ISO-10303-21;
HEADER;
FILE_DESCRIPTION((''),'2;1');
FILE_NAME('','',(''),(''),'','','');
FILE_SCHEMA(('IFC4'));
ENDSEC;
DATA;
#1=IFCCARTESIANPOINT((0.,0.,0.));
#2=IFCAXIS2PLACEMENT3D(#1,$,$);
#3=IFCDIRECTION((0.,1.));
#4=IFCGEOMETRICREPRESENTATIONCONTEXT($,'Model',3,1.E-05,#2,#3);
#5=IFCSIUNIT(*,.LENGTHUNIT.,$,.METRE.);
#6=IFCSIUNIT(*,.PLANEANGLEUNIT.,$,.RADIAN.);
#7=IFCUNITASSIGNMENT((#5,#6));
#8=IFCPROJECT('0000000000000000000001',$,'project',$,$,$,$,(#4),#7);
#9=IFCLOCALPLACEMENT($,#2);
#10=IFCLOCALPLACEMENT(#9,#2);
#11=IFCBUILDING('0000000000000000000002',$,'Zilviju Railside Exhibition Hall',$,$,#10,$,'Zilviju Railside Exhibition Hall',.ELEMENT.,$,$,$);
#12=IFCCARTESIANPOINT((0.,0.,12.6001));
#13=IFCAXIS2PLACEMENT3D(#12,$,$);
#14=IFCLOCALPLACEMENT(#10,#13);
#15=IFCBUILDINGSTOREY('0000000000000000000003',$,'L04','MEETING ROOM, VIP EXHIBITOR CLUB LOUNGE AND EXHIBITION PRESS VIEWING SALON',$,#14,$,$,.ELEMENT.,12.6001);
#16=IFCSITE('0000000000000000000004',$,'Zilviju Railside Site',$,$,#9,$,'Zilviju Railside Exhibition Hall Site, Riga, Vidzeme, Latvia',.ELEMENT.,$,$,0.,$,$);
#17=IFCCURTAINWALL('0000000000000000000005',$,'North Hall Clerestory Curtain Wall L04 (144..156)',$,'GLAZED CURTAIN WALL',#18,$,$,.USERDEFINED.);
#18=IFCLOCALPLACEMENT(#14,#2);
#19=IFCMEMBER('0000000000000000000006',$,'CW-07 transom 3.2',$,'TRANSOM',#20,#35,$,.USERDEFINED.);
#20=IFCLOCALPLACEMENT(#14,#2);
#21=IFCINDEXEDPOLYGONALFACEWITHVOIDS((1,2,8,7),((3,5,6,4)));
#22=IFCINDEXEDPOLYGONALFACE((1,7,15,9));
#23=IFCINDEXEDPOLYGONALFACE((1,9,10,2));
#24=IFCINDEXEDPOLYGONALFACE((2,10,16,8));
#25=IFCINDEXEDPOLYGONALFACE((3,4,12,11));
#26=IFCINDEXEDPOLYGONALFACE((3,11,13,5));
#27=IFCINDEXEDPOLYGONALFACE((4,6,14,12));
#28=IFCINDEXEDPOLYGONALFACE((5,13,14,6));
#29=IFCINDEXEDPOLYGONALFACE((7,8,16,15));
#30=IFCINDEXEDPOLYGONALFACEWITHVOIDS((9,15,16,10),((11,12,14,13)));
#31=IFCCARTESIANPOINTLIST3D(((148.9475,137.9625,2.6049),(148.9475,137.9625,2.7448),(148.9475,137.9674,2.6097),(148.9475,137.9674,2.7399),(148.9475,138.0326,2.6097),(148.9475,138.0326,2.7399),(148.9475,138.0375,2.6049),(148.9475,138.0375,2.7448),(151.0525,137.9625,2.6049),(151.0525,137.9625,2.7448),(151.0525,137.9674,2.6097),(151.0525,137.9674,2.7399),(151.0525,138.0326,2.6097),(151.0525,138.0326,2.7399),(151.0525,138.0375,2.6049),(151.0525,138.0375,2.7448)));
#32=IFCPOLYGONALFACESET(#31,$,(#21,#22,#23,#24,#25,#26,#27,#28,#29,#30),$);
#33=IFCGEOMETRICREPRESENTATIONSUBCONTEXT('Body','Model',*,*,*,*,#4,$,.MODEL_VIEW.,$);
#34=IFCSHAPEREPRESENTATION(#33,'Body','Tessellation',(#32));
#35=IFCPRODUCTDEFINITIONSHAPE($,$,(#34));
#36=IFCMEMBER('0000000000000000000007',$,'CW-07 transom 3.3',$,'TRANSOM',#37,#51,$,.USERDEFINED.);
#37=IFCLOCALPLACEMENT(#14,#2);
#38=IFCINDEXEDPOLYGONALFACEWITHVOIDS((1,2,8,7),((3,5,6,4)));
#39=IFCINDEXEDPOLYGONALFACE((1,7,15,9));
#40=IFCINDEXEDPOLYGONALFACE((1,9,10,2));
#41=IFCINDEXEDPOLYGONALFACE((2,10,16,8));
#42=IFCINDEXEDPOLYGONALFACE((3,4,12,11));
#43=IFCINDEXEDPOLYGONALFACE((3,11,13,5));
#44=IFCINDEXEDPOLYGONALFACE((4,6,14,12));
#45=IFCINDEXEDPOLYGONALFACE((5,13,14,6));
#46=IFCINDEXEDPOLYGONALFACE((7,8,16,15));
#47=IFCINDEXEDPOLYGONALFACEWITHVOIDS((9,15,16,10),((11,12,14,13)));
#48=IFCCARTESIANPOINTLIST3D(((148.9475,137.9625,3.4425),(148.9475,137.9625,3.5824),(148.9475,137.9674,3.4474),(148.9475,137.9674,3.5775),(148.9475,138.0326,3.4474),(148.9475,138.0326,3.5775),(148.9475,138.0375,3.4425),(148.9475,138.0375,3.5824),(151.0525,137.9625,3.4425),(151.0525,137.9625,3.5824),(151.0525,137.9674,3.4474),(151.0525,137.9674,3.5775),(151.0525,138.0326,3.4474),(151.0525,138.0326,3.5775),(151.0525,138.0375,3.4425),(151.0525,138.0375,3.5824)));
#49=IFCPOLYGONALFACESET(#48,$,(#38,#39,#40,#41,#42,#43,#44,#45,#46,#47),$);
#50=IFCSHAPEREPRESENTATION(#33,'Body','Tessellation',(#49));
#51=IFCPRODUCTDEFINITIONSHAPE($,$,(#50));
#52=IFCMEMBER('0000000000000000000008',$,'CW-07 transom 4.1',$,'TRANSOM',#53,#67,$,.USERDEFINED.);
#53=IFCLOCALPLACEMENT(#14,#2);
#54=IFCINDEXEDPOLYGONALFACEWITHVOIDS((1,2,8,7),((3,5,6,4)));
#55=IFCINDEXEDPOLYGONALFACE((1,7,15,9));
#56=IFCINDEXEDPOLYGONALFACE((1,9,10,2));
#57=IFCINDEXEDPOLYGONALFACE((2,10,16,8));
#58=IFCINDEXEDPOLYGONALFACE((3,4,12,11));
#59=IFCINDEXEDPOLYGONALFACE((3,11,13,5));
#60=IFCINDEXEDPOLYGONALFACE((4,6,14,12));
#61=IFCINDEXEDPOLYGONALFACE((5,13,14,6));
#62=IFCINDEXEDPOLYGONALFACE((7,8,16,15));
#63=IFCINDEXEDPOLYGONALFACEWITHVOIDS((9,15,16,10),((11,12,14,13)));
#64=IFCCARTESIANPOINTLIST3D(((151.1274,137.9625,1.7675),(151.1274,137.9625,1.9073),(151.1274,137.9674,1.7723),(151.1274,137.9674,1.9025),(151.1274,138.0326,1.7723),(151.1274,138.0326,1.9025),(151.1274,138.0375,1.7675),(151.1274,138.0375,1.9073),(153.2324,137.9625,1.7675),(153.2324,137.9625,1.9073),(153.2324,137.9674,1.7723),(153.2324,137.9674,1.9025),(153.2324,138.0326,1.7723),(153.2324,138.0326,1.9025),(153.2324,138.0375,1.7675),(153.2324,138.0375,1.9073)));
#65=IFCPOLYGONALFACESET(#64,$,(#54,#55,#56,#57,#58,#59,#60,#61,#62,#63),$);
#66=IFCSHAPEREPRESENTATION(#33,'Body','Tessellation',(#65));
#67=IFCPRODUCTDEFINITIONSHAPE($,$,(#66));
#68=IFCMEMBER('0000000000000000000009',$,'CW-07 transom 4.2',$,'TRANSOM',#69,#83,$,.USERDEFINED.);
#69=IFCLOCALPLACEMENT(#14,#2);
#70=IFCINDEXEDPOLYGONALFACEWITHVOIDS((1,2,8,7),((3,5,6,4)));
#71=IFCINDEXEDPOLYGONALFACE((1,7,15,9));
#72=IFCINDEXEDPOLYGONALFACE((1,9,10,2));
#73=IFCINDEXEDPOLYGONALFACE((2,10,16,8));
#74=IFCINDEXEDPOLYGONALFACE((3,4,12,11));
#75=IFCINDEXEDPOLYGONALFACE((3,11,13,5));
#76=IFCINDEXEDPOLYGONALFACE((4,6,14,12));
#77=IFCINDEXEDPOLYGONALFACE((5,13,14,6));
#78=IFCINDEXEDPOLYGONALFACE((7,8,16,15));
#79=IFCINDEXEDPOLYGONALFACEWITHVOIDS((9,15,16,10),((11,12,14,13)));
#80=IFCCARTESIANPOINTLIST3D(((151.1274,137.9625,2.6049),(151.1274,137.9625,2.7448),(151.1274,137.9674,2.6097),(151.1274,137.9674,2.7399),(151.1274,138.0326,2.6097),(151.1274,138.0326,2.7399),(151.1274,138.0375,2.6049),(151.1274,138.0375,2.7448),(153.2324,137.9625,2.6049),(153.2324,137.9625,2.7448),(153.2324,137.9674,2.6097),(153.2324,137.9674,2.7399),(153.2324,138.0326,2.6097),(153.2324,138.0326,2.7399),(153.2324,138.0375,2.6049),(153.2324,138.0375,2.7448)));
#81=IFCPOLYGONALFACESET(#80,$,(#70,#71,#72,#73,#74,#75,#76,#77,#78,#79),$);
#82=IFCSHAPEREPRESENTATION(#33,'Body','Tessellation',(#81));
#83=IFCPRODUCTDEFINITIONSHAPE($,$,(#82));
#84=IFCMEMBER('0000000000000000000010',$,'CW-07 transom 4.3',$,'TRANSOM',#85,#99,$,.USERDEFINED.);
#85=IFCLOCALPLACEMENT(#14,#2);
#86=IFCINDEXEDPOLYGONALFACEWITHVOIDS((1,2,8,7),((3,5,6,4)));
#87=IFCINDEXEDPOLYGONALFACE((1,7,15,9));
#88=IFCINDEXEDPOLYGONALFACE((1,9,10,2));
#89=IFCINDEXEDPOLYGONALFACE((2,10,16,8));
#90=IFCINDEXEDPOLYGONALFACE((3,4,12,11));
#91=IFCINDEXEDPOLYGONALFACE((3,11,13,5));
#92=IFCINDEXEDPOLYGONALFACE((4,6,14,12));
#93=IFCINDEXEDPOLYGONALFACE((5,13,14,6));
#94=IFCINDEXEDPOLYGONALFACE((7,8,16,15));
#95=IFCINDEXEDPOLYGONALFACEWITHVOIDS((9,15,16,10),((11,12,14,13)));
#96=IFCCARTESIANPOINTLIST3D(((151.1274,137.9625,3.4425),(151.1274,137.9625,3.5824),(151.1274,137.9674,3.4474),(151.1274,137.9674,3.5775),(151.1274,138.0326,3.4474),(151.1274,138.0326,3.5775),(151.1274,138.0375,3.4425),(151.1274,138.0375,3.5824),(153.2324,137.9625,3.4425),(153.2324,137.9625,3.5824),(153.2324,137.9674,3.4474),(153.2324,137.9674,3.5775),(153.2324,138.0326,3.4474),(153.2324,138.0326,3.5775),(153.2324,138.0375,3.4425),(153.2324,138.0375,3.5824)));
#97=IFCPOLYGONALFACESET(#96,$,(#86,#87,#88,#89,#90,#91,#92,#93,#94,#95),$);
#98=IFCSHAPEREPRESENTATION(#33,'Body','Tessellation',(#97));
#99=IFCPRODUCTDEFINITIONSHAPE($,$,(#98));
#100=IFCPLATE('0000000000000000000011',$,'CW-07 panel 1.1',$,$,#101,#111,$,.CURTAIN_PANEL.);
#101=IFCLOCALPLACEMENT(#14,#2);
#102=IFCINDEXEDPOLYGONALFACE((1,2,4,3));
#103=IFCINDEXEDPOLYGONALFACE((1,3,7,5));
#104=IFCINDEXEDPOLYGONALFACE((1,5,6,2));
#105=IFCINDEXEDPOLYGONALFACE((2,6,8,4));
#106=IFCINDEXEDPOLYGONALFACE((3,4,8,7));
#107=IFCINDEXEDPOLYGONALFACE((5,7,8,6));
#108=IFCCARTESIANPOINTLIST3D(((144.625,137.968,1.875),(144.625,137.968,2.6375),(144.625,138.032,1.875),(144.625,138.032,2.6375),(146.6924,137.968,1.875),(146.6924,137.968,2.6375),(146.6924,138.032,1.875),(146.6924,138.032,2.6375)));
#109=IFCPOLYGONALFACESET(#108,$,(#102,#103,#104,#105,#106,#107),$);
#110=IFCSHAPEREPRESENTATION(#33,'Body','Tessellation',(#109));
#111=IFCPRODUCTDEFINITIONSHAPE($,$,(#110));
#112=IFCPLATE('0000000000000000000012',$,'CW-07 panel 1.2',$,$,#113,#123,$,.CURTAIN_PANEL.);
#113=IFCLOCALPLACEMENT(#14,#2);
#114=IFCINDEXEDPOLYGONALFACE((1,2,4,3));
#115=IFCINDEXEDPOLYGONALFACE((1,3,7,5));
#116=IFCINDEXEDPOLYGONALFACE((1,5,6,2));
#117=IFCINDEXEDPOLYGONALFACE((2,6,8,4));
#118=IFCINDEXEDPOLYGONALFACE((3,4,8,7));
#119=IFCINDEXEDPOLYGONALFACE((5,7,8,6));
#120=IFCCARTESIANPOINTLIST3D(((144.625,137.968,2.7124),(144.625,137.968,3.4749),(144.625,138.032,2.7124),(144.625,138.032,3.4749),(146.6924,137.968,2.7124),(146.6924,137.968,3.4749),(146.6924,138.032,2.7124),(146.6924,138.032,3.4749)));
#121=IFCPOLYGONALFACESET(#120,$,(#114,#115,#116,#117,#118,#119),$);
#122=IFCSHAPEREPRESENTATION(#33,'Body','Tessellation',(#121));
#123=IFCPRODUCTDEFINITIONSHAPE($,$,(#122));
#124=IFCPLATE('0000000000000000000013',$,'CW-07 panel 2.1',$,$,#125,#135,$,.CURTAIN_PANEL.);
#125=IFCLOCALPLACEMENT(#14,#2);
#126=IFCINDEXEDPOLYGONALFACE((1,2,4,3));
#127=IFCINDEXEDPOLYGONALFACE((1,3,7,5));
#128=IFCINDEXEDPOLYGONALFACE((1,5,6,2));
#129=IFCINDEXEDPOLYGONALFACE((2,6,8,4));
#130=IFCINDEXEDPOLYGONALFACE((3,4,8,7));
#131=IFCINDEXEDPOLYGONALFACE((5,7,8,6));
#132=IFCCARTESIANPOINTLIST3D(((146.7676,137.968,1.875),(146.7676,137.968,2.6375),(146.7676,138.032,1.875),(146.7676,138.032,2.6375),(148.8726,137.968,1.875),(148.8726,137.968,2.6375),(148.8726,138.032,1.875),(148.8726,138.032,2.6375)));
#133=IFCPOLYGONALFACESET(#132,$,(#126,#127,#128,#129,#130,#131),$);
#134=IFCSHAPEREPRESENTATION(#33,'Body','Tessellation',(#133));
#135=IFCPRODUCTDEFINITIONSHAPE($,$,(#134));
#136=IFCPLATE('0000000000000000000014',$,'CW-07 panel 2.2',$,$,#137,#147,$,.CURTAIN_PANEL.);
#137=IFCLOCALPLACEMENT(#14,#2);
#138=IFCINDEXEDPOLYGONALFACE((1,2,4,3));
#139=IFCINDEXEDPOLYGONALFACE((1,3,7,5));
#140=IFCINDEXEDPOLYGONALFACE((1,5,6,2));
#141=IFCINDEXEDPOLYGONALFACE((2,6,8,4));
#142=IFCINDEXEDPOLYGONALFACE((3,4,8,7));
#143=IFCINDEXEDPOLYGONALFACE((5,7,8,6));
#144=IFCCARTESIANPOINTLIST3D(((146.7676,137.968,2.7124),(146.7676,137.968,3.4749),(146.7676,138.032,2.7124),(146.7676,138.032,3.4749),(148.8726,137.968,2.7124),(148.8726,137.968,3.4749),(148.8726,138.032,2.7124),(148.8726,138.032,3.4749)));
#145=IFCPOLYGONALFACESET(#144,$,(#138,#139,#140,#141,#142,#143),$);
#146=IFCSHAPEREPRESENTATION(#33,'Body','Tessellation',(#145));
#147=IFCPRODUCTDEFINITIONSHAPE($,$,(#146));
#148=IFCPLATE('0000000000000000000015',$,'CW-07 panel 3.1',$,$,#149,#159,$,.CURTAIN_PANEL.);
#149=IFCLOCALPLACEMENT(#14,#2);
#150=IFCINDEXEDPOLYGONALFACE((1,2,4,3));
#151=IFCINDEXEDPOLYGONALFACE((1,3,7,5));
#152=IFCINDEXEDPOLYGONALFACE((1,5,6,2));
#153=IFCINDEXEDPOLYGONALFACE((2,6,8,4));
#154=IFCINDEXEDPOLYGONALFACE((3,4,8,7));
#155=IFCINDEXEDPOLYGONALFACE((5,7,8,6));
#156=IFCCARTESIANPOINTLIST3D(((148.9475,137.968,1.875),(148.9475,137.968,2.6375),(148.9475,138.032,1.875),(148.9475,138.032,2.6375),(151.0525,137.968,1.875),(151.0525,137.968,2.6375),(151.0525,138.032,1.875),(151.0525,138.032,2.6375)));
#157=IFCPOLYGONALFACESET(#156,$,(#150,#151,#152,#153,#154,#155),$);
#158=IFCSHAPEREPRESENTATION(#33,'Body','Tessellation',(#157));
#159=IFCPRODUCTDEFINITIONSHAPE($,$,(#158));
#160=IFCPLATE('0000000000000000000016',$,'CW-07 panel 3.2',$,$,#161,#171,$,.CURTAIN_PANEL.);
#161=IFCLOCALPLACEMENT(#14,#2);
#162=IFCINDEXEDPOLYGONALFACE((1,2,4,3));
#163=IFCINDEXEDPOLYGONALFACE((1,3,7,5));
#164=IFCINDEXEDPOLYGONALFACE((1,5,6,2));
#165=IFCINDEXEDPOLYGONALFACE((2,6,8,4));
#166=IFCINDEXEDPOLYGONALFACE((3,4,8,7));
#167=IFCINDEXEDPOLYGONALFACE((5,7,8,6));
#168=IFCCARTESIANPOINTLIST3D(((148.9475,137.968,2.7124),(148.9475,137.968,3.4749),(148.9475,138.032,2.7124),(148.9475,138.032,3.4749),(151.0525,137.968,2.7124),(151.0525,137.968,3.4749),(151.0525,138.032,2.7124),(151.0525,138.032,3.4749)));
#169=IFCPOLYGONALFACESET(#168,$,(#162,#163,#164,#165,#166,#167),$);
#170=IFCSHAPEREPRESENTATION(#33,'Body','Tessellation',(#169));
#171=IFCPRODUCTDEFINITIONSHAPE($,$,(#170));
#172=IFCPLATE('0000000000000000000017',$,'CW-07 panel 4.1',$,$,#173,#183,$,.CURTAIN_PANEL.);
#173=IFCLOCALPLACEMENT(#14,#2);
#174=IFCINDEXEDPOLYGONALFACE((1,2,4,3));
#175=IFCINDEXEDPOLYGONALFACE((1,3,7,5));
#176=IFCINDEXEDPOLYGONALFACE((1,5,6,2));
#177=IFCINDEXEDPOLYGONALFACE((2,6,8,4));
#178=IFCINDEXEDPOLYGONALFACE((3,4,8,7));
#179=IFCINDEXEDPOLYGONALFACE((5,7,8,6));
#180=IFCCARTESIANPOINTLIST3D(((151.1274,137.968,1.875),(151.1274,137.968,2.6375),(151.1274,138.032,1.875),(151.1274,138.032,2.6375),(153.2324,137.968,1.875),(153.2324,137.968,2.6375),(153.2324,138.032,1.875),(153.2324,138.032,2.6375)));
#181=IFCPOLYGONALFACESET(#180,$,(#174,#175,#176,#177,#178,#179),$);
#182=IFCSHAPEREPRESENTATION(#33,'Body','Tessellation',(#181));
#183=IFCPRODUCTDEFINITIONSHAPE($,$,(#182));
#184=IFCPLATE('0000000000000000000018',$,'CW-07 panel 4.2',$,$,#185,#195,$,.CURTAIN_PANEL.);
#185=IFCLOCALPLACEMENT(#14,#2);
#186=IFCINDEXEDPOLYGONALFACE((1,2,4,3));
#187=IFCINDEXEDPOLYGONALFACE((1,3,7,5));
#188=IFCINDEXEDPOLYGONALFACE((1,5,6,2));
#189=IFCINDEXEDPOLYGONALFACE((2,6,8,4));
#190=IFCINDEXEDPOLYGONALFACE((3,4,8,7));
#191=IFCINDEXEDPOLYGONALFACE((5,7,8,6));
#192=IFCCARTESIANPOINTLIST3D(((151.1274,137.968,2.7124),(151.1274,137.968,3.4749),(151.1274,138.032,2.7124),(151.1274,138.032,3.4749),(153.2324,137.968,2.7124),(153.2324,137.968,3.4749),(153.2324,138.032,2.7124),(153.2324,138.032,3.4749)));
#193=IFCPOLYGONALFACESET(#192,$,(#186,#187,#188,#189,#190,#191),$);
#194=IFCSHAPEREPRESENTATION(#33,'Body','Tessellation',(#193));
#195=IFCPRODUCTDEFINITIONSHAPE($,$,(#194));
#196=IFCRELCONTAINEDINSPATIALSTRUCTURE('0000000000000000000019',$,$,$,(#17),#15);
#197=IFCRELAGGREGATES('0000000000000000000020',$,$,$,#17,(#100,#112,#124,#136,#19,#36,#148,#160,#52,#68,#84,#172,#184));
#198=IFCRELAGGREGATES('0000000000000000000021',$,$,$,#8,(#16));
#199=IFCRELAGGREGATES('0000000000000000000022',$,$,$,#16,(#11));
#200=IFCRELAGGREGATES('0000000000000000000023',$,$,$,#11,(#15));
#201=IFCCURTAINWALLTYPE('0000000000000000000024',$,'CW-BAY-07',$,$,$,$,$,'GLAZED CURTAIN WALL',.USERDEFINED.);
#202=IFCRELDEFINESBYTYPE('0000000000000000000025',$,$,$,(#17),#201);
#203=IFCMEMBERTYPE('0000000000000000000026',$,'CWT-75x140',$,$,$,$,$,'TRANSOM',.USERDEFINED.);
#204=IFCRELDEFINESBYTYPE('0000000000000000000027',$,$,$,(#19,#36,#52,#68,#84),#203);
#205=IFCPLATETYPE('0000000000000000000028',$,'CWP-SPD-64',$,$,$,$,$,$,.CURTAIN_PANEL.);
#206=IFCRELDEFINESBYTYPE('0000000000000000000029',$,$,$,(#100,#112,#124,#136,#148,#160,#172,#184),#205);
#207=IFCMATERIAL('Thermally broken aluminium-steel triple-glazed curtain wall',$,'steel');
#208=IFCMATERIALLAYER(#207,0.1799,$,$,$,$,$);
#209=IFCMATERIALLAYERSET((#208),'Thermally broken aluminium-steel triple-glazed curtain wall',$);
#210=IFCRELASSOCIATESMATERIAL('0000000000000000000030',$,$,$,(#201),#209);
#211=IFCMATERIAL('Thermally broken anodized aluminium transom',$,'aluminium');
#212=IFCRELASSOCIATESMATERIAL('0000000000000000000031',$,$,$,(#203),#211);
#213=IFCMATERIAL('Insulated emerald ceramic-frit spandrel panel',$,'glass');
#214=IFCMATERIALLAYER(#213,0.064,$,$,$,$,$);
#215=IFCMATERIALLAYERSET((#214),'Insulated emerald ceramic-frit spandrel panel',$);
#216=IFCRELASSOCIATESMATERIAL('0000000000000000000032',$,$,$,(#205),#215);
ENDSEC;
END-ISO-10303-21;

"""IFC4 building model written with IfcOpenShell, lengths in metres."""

from ifc_helpers import new_model, si_unit, direction, frame, origin, origin_2d, place, context, subcontext, project, spatial, rectangle, hollow_rectangle, extrude, material, layer, layer_set, material_profile, profile_set, type_object, element, aggregate, save


model = new_model("IFC4")

# Units and contexts
model_context = context("Model", 3, precision=1e-05, world=origin(), true_north=direction((0.0, 1.0)))
body_context = subcontext(model_context, "Body", "Model", "MODEL_VIEW")
ifc_project = project(units=[si_unit("LENGTHUNIT", "METRE"), si_unit("PLANEANGLEUNIT", "RADIAN")], contexts=[model_context])

# Site, building, storey
site_placement = place(None, origin())
site = spatial("IfcSite", under=ifc_project, at=site_placement, Name="Zilviju Railside Site", LongName="Zilviju Railside Exhibition Hall Site, Riga, Vidzeme, Latvia", CompositionType="ELEMENT", RefElevation=0.0)
building_placement = place(site_placement, origin())
building = spatial("IfcBuilding", under=site, at=building_placement, Name="Zilviju Railside Exhibition Hall", LongName="Zilviju Railside Exhibition Hall", CompositionType="ELEMENT")
storey_placement = place(building_placement, frame((0.0, 0.0, 12.6001)))
storey = spatial("IfcBuildingStorey", under=building, at=storey_placement, Name="L04", Description="MEETING ROOM, VIP EXHIBITOR CLUB LOUNGE AND EXHIBITION PRESS VIEWING SALON", CompositionType="ELEMENT", Elevation=12.6001)

# Curtain wall, members, plates
ifc_material_1 = material(Name="Thermally broken aluminium-steel triple-glazed curtain wall", Category="steel")
ifc_layer_1 = layer(ifc_material_1, 0.1799)
ifc_layer_set_1 = layer_set([ifc_layer_1], Name="Thermally broken aluminium-steel triple-glazed curtain wall")
curtain_wall_type = type_object("IfcCurtainWallType", Name="CW-BAY-07", ElementType="GLAZED CURTAIN WALL", PredefinedType="USERDEFINED", material=ifc_layer_set_1)
curtain_wall_placement = place(storey_placement, origin())
curtain_wall = element("IfcCurtainWall", 1, at=curtain_wall_placement, inside=storey, type_object=curtain_wall_type, Name="North Hall Clerestory Curtain Wall L04 (144..156)", ObjectType="GLAZED CURTAIN WALL", PredefinedType="USERDEFINED")
ifc_material_2 = material(Name="Thermally broken anodized aluminium transom", Category="aluminium")
ifc_material_profile_1 = material_profile(ifc_material_2, hollow_rectangle(XDim=0.075, YDim=0.1399, WallThickness=0.0049, at=origin_2d()), Name="TRANSOM 140x75x5")
ifc_profile_set_1 = profile_set([ifc_material_profile_1], Name="Thermally broken anodized aluminium transom")
member_type_1 = type_object("IfcMemberType", Name="CWT-75x140", ElementType="TRANSOM", PredefinedType="USERDEFINED", material=ifc_profile_set_1)
member_1_placement = place(storey_placement, frame((148.9475, 138.0, 2.6748), z_axis=(1.0, 0.0, 0.0), x_axis=(0.0, 1.0, 0.0)))
member_1 = element("IfcMember", 2, at=member_1_placement, type_object=member_type_1, Name="CW-07 transom 3.2", ObjectType="TRANSOM", PredefinedType="USERDEFINED", context=body_context, shape_type="SweptSolid", body=[
    extrude(hollow_rectangle(XDim=0.075, YDim=0.1399, WallThickness=0.0049, at=origin_2d()), origin(), (0.0, 0.0, 1.0), 2.105),
])
member_2_placement = place(storey_placement, frame((148.9475, 138.0, 3.5125), z_axis=(1.0, 0.0, 0.0), x_axis=(0.0, 1.0, 0.0)))
member_2 = element("IfcMember", 3, at=member_2_placement, type_object=member_type_1, Name="CW-07 transom 3.3", ObjectType="TRANSOM", PredefinedType="USERDEFINED", context=body_context, shape_type="SweptSolid", body=[
    extrude(hollow_rectangle(XDim=0.075, YDim=0.1399, WallThickness=0.0049, at=origin_2d()), origin(), (0.0, 0.0, 1.0), 2.105),
])
member_3_placement = place(storey_placement, frame((151.1274, 138.0, 1.8374), z_axis=(1.0, 0.0, 0.0), x_axis=(0.0, 1.0, 0.0)))
member_3 = element("IfcMember", 4, at=member_3_placement, type_object=member_type_1, Name="CW-07 transom 4.1", ObjectType="TRANSOM", PredefinedType="USERDEFINED", context=body_context, shape_type="SweptSolid", body=[
    extrude(hollow_rectangle(XDim=0.075, YDim=0.1399, WallThickness=0.0049, at=origin_2d()), origin(), (0.0, 0.0, 1.0), 2.105),
])
member_4_placement = place(storey_placement, frame((151.1274, 138.0, 2.6748), z_axis=(1.0, 0.0, 0.0), x_axis=(0.0, 1.0, 0.0)))
member_4 = element("IfcMember", 5, at=member_4_placement, type_object=member_type_1, Name="CW-07 transom 4.2", ObjectType="TRANSOM", PredefinedType="USERDEFINED", context=body_context, shape_type="SweptSolid", body=[
    extrude(hollow_rectangle(XDim=0.075, YDim=0.1399, WallThickness=0.0049, at=origin_2d()), origin(), (0.0, 0.0, 1.0), 2.105),
])
member_5_placement = place(storey_placement, frame((151.1274, 138.0, 3.5125), z_axis=(1.0, 0.0, 0.0), x_axis=(0.0, 1.0, 0.0)))
member_5 = element("IfcMember", 6, at=member_5_placement, type_object=member_type_1, Name="CW-07 transom 4.3", ObjectType="TRANSOM", PredefinedType="USERDEFINED", context=body_context, shape_type="SweptSolid", body=[
    extrude(hollow_rectangle(XDim=0.075, YDim=0.1399, WallThickness=0.0049, at=origin_2d()), origin(), (0.0, 0.0, 1.0), 2.105),
])
ifc_material_3 = material(Name="Insulated emerald ceramic-frit spandrel panel", Category="glass")
ifc_layer_2 = layer(ifc_material_3, 0.064)
ifc_layer_set_2 = layer_set([ifc_layer_2], Name="Insulated emerald ceramic-frit spandrel panel")
plate_type = type_object("IfcPlateType", Name="CWP-SPD-64", PredefinedType="CURTAIN_PANEL", material=ifc_layer_set_2)
plate_1_placement = place(storey_placement, frame((145.6587, 138.0, 1.875), z_axis=(0.0, 0.0, 1.0), x_axis=(1.0, 0.0, 0.0)))
plate_1 = element("IfcPlate", 7, at=plate_1_placement, type_object=plate_type, Name="CW-07 panel 1.1", PredefinedType="CURTAIN_PANEL", context=body_context, shape_type="SweptSolid", body=[
    extrude(rectangle(XDim=2.0674, YDim=0.064, at=origin_2d()), origin(), (0.0, 0.0, 1.0), 0.7625),
])
plate_2_placement = place(storey_placement, frame((145.6587, 138.0, 2.7124), z_axis=(0.0, 0.0, 1.0), x_axis=(1.0, 0.0, 0.0)))
plate_2 = element("IfcPlate", 8, at=plate_2_placement, type_object=plate_type, Name="CW-07 panel 1.2", PredefinedType="CURTAIN_PANEL", context=body_context, shape_type="SweptSolid", body=[
    extrude(rectangle(XDim=2.0674, YDim=0.064, at=origin_2d()), origin(), (0.0, 0.0, 1.0), 0.7625),
])
plate_3_placement = place(storey_placement, frame((147.8201, 138.0, 1.875), z_axis=(0.0, 0.0, 1.0), x_axis=(1.0, 0.0, 0.0)))
plate_3 = element("IfcPlate", 9, at=plate_3_placement, type_object=plate_type, Name="CW-07 panel 2.1", PredefinedType="CURTAIN_PANEL", context=body_context, shape_type="SweptSolid", body=[
    extrude(rectangle(XDim=2.105, YDim=0.064, at=origin_2d()), origin(), (0.0, 0.0, 1.0), 0.7625),
])
plate_4_placement = place(storey_placement, frame((147.8201, 138.0, 2.7124), z_axis=(0.0, 0.0, 1.0), x_axis=(1.0, 0.0, 0.0)))
plate_4 = element("IfcPlate", 10, at=plate_4_placement, type_object=plate_type, Name="CW-07 panel 2.2", PredefinedType="CURTAIN_PANEL", context=body_context, shape_type="SweptSolid", body=[
    extrude(rectangle(XDim=2.105, YDim=0.064, at=origin_2d()), origin(), (0.0, 0.0, 1.0), 0.7625),
])
plate_5_placement = place(storey_placement, frame((150.0, 138.0, 1.875), z_axis=(0.0, 0.0, 1.0), x_axis=(1.0, 0.0, 0.0)))
plate_5 = element("IfcPlate", 11, at=plate_5_placement, type_object=plate_type, Name="CW-07 panel 3.1", PredefinedType="CURTAIN_PANEL", context=body_context, shape_type="SweptSolid", body=[
    extrude(rectangle(XDim=2.105, YDim=0.064, at=origin_2d()), origin(), (0.0, 0.0, 1.0), 0.7625),
])
plate_6_placement = place(storey_placement, frame((150.0, 138.0, 2.7124), z_axis=(0.0, 0.0, 1.0), x_axis=(1.0, 0.0, 0.0)))
plate_6 = element("IfcPlate", 12, at=plate_6_placement, type_object=plate_type, Name="CW-07 panel 3.2", PredefinedType="CURTAIN_PANEL", context=body_context, shape_type="SweptSolid", body=[
    extrude(rectangle(XDim=2.105, YDim=0.064, at=origin_2d()), origin(), (0.0, 0.0, 1.0), 0.7625),
])
plate_7_placement = place(storey_placement, frame((152.1799, 138.0, 1.875), z_axis=(0.0, 0.0, 1.0), x_axis=(1.0, 0.0, 0.0)))
plate_7 = element("IfcPlate", 13, at=plate_7_placement, type_object=plate_type, Name="CW-07 panel 4.1", PredefinedType="CURTAIN_PANEL", context=body_context, shape_type="SweptSolid", body=[
    extrude(rectangle(XDim=2.105, YDim=0.064, at=origin_2d()), origin(), (0.0, 0.0, 1.0), 0.7625),
])
plate_8_placement = place(storey_placement, frame((152.1799, 138.0, 2.7124), z_axis=(0.0, 0.0, 1.0), x_axis=(1.0, 0.0, 0.0)))
plate_8 = element("IfcPlate", 14, at=plate_8_placement, type_object=plate_type, Name="CW-07 panel 4.2", PredefinedType="CURTAIN_PANEL", context=body_context, shape_type="SweptSolid", body=[
    extrude(rectangle(XDim=2.105, YDim=0.064, at=origin_2d()), origin(), (0.0, 0.0, 1.0), 0.7625),
])
aggregate(curtain_wall, [plate_1, plate_2, plate_3, plate_4, member_1, member_2, plate_5, plate_6, member_3, member_4, member_5, plate_7, plate_8])

save(model, "model.ifc")
